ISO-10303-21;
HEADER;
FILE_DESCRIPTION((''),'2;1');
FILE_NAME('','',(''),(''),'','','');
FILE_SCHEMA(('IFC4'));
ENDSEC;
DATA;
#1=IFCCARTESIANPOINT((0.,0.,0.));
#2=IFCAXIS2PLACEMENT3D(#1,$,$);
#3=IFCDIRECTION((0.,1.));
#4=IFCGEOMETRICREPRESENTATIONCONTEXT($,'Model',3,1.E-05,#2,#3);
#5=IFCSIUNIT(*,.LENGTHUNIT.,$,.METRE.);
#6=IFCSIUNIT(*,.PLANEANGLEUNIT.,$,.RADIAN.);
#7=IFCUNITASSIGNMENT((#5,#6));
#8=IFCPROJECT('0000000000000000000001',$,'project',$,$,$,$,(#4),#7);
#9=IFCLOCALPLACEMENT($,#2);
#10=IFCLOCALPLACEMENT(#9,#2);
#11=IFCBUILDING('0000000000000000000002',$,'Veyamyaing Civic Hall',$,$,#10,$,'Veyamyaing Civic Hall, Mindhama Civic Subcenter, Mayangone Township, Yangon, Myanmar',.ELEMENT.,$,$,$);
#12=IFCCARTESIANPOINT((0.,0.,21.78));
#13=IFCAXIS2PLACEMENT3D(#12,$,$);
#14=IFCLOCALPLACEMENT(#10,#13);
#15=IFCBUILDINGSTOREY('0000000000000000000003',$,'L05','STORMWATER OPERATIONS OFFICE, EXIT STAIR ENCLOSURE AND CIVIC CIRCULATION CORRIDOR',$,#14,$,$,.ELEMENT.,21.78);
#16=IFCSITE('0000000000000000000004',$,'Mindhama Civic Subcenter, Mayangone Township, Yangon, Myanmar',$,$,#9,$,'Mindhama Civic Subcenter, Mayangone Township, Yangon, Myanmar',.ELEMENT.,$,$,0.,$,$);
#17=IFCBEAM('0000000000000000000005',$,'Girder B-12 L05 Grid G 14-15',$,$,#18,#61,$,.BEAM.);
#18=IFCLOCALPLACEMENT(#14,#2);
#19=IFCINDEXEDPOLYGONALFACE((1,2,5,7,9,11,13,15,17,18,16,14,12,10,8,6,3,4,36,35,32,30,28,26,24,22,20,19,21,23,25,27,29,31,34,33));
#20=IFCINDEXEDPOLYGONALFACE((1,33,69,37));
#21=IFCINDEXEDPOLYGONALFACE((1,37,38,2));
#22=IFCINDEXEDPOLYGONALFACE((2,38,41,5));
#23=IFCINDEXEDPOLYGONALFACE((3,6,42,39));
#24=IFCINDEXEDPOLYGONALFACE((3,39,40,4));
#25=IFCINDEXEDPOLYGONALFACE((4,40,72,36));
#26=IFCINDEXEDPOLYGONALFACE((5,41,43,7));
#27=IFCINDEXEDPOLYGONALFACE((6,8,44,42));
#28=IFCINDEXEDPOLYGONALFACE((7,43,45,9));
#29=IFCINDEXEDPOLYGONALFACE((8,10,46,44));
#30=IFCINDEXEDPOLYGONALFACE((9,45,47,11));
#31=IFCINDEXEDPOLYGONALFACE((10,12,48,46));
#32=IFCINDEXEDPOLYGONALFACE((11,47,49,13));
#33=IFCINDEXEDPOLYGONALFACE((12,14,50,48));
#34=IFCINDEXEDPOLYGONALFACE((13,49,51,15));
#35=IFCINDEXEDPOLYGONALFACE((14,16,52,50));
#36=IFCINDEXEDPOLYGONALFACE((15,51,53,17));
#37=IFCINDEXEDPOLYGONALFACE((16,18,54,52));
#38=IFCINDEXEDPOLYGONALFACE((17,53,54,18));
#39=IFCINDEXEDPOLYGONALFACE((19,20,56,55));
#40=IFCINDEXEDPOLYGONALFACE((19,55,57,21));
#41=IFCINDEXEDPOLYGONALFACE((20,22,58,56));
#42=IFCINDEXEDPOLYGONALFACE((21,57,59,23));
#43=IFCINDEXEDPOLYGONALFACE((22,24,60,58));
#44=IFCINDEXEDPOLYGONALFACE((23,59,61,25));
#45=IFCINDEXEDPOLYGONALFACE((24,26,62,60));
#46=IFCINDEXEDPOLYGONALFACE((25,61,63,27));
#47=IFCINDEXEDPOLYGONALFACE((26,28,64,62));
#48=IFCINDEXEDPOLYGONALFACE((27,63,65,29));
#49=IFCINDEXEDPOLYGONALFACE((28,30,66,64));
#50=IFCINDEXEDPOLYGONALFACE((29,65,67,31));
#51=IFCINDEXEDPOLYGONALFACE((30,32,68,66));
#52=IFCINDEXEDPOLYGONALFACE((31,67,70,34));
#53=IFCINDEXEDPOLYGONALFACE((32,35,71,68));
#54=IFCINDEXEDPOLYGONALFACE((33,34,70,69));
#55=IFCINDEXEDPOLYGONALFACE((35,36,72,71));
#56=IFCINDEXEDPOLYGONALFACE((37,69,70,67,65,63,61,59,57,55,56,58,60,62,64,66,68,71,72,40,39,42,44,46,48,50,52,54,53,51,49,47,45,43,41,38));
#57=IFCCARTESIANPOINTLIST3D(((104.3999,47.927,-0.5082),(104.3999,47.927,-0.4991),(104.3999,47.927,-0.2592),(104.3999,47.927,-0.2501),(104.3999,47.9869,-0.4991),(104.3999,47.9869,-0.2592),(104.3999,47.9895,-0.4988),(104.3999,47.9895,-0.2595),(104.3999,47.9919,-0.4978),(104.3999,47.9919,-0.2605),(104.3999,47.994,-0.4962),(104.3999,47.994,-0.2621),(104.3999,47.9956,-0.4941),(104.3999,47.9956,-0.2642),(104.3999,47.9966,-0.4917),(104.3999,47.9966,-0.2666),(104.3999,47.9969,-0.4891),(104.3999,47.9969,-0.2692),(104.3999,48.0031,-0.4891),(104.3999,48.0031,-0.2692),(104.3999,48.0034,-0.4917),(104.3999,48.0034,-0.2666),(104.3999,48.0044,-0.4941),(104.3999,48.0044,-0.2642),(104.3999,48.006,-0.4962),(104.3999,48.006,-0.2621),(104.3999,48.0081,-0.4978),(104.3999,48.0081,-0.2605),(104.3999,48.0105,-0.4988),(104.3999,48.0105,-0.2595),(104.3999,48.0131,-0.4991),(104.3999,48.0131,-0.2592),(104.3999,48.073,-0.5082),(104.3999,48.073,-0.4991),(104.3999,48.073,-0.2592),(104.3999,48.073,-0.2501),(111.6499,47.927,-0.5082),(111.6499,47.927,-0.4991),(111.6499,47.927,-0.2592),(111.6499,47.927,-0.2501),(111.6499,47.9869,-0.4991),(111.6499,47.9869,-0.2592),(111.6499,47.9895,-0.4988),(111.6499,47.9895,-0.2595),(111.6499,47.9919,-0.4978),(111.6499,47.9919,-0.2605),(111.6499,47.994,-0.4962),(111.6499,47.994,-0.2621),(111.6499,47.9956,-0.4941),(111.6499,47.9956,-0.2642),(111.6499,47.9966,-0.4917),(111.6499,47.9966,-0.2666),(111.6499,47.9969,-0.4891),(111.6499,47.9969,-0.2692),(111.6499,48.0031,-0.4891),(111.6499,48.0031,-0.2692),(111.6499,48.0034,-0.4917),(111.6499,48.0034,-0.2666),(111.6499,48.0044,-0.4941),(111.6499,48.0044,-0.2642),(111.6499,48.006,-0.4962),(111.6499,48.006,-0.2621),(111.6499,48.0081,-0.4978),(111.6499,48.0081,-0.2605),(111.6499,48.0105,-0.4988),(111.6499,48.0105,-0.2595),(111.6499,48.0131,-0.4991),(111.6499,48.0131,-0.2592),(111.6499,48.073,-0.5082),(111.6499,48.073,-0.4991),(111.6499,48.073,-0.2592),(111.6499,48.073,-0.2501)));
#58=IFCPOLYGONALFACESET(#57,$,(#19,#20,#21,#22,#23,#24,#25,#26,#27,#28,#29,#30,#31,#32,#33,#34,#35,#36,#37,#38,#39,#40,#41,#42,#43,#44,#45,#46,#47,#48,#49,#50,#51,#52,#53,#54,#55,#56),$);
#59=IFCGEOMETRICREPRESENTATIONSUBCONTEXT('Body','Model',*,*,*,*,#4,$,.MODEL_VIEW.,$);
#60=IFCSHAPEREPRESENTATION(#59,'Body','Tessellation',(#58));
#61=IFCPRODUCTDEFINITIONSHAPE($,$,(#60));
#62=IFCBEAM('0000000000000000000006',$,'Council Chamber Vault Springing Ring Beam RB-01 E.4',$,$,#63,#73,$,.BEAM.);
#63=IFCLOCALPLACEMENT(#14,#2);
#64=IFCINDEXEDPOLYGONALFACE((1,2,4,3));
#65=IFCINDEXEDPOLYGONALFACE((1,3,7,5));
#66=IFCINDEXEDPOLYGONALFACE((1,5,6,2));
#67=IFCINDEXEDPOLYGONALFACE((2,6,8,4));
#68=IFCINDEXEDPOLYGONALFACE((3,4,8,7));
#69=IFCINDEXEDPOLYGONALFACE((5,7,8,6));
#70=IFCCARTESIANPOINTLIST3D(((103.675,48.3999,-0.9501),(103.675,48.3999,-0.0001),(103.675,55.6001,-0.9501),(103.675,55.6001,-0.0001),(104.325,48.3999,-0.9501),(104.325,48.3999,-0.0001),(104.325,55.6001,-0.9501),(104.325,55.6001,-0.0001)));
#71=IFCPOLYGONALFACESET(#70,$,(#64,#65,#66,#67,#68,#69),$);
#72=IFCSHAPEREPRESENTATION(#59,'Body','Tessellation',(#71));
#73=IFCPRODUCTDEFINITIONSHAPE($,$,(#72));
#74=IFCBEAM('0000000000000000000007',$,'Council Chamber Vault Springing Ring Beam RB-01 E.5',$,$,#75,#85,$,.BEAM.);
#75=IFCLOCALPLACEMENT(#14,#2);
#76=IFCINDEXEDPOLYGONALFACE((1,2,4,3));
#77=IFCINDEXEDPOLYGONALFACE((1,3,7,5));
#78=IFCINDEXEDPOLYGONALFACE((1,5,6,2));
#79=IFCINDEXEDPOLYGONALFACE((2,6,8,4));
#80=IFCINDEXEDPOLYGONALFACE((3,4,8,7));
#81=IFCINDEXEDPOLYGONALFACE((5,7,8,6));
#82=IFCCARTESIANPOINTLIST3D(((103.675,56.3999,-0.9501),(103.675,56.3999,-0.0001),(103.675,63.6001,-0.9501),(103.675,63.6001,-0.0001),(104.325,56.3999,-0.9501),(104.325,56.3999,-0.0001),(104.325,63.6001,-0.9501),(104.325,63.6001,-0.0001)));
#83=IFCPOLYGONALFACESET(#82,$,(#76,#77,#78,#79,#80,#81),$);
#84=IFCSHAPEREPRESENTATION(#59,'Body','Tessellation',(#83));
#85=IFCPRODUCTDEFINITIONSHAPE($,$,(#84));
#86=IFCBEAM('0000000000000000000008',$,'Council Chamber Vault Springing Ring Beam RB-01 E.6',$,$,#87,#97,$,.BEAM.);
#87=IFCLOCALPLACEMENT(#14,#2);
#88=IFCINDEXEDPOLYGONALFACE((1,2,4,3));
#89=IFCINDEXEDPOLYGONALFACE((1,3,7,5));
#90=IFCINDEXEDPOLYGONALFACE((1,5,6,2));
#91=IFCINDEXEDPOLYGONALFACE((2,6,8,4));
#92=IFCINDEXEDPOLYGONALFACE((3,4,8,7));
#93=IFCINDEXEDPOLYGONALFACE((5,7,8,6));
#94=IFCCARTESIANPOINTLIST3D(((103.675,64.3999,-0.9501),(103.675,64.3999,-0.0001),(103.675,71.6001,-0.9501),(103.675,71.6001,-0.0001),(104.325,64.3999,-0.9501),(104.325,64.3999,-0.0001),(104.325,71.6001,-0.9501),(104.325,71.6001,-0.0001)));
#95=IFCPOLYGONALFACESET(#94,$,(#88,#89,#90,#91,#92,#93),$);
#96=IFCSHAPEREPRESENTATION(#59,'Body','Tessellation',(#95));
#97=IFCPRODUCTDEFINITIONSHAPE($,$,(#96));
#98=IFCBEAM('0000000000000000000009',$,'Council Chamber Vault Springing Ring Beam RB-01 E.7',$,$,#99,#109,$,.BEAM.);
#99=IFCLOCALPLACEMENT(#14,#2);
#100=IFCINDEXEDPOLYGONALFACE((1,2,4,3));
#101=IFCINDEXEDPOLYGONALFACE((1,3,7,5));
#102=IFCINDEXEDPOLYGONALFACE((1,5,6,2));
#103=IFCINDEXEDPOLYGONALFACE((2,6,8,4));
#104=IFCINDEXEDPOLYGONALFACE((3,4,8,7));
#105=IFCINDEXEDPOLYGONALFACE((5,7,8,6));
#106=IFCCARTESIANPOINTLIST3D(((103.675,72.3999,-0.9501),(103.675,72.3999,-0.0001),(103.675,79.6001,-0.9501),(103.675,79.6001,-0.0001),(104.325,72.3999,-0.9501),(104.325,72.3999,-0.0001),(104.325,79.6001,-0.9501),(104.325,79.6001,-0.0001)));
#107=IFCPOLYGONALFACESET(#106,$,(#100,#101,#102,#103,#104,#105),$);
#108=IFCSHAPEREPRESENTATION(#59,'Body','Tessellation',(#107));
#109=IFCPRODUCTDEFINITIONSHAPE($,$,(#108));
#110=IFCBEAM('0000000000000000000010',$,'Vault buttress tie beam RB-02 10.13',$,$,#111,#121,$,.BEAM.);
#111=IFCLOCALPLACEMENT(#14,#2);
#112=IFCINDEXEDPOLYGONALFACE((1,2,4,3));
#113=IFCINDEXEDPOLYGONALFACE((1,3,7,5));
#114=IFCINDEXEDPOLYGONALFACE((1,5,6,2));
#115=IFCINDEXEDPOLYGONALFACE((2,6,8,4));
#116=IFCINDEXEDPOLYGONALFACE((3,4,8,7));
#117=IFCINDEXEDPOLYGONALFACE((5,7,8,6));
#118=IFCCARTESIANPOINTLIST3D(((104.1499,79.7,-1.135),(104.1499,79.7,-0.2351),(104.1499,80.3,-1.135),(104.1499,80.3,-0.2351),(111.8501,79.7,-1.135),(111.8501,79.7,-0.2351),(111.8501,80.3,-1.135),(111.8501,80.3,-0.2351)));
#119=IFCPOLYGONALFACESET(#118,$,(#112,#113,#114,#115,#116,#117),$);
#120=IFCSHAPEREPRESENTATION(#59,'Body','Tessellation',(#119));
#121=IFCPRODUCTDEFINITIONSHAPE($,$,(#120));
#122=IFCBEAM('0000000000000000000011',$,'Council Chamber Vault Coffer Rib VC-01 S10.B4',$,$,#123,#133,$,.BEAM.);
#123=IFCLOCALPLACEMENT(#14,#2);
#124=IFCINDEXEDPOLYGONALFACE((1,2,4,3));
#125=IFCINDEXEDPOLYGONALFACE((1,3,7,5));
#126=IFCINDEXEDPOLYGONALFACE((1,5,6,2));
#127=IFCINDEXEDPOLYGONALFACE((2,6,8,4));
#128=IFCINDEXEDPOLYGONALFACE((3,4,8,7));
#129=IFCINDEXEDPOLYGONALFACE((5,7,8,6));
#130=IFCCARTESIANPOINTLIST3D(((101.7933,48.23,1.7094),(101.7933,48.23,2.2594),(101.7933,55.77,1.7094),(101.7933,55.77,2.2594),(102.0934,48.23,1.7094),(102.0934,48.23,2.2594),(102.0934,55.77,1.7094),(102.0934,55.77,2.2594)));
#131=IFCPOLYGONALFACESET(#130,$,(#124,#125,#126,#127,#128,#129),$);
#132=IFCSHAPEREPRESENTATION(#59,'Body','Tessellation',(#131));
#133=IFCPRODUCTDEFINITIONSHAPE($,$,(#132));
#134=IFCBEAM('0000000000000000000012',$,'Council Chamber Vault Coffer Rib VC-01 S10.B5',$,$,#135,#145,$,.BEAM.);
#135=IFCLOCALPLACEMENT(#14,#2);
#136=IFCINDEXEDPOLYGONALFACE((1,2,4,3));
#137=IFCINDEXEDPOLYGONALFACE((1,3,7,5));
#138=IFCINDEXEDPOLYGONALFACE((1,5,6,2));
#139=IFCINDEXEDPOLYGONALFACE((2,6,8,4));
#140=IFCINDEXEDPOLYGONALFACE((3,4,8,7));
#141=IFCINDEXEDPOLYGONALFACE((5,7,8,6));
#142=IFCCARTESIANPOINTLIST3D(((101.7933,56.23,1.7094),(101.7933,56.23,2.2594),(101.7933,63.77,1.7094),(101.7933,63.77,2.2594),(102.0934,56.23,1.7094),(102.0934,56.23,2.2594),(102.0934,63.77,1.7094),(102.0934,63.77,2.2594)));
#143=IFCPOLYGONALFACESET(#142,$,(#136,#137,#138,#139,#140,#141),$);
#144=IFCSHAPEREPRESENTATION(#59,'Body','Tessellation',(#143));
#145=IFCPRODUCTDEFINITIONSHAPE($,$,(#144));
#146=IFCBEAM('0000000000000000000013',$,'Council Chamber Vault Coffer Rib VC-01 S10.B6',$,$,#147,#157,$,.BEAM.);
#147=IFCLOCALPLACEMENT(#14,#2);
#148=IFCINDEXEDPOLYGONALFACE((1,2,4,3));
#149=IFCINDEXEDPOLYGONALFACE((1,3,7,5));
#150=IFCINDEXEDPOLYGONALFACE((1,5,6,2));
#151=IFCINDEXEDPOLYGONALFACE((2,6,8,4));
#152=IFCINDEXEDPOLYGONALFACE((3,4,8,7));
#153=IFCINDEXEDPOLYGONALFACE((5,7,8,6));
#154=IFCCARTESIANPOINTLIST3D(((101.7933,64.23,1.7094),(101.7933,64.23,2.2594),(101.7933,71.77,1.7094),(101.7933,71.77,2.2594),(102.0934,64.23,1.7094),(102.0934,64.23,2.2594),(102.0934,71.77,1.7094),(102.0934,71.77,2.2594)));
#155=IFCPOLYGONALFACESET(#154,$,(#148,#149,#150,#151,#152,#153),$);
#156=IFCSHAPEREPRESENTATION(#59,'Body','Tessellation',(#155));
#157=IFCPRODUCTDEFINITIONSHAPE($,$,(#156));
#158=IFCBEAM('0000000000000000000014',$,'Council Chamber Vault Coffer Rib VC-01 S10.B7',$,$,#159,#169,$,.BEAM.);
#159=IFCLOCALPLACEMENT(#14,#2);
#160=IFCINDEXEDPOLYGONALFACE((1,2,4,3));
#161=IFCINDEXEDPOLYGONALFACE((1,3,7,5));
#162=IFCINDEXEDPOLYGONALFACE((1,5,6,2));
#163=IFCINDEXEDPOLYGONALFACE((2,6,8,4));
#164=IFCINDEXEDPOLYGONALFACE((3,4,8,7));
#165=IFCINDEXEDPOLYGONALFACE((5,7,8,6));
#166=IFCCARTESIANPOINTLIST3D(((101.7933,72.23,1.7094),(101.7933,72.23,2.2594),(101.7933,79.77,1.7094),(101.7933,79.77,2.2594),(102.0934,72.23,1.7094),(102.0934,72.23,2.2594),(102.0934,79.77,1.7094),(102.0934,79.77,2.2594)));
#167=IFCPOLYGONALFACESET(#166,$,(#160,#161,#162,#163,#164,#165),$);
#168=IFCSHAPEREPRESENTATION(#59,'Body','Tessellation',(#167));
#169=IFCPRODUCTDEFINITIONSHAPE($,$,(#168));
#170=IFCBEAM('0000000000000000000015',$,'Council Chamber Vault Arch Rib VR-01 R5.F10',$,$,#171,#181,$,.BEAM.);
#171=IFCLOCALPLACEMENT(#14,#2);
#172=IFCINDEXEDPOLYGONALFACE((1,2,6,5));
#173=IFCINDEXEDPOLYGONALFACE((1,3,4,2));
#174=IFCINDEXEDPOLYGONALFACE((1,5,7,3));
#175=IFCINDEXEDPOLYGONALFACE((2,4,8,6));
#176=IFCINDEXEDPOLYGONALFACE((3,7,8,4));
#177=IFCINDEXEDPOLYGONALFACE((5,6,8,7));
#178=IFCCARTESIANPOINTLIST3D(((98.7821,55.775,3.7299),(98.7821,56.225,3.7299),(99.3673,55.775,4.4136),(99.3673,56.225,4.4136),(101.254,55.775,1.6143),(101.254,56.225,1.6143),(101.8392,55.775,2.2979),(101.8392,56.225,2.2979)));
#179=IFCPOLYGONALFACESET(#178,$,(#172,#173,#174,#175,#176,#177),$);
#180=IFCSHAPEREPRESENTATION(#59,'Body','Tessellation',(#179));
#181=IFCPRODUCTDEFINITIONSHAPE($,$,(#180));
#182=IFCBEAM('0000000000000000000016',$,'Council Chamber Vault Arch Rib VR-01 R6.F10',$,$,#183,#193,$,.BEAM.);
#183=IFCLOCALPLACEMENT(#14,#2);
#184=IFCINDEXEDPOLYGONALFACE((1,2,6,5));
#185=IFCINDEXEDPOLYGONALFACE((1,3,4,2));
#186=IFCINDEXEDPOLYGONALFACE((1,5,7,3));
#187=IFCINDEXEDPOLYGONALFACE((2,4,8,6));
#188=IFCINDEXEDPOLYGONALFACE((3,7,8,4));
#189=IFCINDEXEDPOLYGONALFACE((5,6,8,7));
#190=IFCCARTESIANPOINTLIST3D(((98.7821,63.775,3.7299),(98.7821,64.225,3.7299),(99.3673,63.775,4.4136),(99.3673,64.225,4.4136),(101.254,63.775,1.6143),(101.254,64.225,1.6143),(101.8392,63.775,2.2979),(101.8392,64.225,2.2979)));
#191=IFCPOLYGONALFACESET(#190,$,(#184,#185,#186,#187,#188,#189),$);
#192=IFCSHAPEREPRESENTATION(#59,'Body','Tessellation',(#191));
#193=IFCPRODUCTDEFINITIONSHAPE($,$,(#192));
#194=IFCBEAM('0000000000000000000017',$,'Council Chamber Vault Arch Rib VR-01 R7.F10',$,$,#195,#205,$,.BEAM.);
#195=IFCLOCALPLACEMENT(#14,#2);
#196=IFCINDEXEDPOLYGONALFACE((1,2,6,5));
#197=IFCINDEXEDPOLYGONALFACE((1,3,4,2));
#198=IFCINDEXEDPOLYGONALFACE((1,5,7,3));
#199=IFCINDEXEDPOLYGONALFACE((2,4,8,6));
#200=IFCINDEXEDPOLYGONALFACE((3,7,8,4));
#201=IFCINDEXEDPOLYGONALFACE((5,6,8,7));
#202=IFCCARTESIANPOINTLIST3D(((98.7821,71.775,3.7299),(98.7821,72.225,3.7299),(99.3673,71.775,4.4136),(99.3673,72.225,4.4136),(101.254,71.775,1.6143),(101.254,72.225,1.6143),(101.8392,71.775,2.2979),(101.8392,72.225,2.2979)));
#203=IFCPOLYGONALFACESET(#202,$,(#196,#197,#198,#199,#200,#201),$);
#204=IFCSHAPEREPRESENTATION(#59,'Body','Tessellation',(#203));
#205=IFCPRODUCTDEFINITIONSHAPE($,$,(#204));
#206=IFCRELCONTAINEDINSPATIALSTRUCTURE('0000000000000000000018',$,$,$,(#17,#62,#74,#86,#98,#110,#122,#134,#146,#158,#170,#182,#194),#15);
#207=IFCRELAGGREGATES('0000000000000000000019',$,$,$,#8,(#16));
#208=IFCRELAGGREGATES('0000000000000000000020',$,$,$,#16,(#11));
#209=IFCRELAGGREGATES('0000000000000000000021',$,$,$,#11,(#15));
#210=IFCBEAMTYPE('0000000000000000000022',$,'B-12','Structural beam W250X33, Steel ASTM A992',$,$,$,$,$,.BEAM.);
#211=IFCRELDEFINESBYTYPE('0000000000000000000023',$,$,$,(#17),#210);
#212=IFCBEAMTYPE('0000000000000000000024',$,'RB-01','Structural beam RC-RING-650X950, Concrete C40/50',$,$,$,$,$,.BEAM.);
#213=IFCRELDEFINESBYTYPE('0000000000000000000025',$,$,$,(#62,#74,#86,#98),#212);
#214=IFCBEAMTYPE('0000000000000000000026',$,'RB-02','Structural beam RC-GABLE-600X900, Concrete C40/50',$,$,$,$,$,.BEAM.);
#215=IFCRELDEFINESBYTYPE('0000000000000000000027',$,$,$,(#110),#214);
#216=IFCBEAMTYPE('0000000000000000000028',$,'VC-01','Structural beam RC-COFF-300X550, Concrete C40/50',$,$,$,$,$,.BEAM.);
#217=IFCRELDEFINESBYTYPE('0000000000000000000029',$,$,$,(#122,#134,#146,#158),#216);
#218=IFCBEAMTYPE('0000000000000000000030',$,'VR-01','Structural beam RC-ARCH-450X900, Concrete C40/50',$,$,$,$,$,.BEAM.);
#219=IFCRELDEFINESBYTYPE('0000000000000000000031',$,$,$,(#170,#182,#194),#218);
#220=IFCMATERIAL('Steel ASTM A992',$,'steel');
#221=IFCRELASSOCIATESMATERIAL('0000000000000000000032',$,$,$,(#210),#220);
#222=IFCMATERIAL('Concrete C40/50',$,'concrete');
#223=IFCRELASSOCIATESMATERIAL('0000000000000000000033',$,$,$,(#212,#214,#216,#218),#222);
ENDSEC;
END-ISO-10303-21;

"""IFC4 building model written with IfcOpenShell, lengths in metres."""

from ifc_helpers import new_model, si_unit, direction, frame, origin, origin_2d, place, context, subcontext, project, spatial, rectangle, i_section, extrude, material, material_profile, profile_set, type_object, element, save


model = new_model("IFC4")

# Units and contexts
model_context = context("Model", 3, precision=1e-05, world=origin(), true_north=direction((0.0, 1.0)))
body_context = subcontext(model_context, "Body", "Model", "MODEL_VIEW")
ifc_project = project(units=[si_unit("LENGTHUNIT", "METRE"), si_unit("PLANEANGLEUNIT", "RADIAN")], contexts=[model_context])

# Site, building, storey
site_placement = place(None, origin())
site = spatial("IfcSite", under=ifc_project, at=site_placement, Name="Mindhama Civic Subcenter, Mayangone Township, Yangon, Myanmar", LongName="Mindhama Civic Subcenter, Mayangone Township, Yangon, Myanmar", CompositionType="ELEMENT", RefElevation=0.0)
building_placement = place(site_placement, origin())
building = spatial("IfcBuilding", under=site, at=building_placement, Name="Veyamyaing Civic Hall", LongName="Veyamyaing Civic Hall, Mindhama Civic Subcenter, Mayangone Township, Yangon, Myanmar", CompositionType="ELEMENT")
storey_placement = place(building_placement, frame((0.0, 0.0, 21.78)))
storey = spatial("IfcBuildingStorey", under=building, at=storey_placement, Name="L05", Description="STORMWATER OPERATIONS OFFICE, EXIT STAIR ENCLOSURE AND CIVIC CIRCULATION CORRIDOR", CompositionType="ELEMENT", Elevation=21.78)

# Beams
ifc_material_1 = material(Name="Steel ASTM A992", Category="steel")
ifc_material_profile_1 = material_profile(ifc_material_1, i_section(OverallWidth=0.146, OverallDepth=0.2581, WebThickness=0.0061, FlangeThickness=0.009, FilletRadius=0.01, at=origin_2d()), Name="W250X33")
ifc_profile_set_1 = profile_set([ifc_material_profile_1], Name="Steel ASTM A992")
beam_type_1 = type_object("IfcBeamType", Name="B-12", Description="Structural beam W250X33, Steel ASTM A992", PredefinedType="BEAM", material=ifc_profile_set_1)
beam_1_placement = place(storey_placement, frame((104.3999, 48.0, -0.3792), z_axis=(1.0, 0.0, 0.0), x_axis=(0.0, 1.0, 0.0)))
element("IfcBeam", 1, at=beam_1_placement, inside=storey, type_object=beam_type_1, Name="Girder B-12 L05 Grid G 14-15", PredefinedType="BEAM", context=body_context, shape_type="SweptSolid", body=[
    extrude(i_section(OverallWidth=0.146, OverallDepth=0.2581, WebThickness=0.0061, FlangeThickness=0.009, FilletRadius=0.01, at=origin_2d()), origin(), (0.0, 0.0, 1.0), 7.25),
])
ifc_material_2 = material(Name="Concrete C40/50", Category="concrete")
ifc_material_profile_2 = material_profile(ifc_material_2, rectangle(XDim=0.6499, YDim=0.95, at=origin_2d()), Name="RC-RING-650X950")
ifc_profile_set_2 = profile_set([ifc_material_profile_2], Name="Concrete C40/50")
beam_type_2 = type_object("IfcBeamType", Name="RB-01", Description="Structural beam RC-RING-650X950, Concrete C40/50", PredefinedType="BEAM", material=ifc_profile_set_2)
for number, where, z_axis, x_axis, name in (
    (2, (104.0, 48.3999, -0.4751), (0.0, 1.0, 0.0), (-1.0, 0.0, 0.0), "Council Chamber Vault Springing Ring Beam RB-01 E.4"),
    (3, (104.0, 56.3999, -0.4751), (0.0, 1.0, 0.0), (-1.0, 0.0, 0.0), "Council Chamber Vault Springing Ring Beam RB-01 E.5"),
    (4, (104.0, 64.3999, -0.4751), (0.0, 1.0, 0.0), (-1.0, 0.0, 0.0), "Council Chamber Vault Springing Ring Beam RB-01 E.6"),
    (5, (104.0, 72.3999, -0.4751), (0.0, 1.0, 0.0), (-1.0, 0.0, 0.0), "Council Chamber Vault Springing Ring Beam RB-01 E.7"),
):
    element("IfcBeam", number, at=place(storey_placement, frame(where, z_axis=z_axis, x_axis=x_axis)), inside=storey, type_object=beam_type_2, Name=name, PredefinedType="BEAM", context=body_context, shape_type="SweptSolid", body=[
        extrude(rectangle(XDim=0.6499, YDim=0.95, at=origin_2d()), origin(), (0.0, 0.0, 1.0), 7.2002),
    ])
ifc_material_profile_3 = material_profile(ifc_material_2, rectangle(XDim=0.6001, YDim=0.8999, at=origin_2d()), Name="RC-GABLE-600X900")
ifc_profile_set_3 = profile_set([ifc_material_profile_3], Name="Concrete C40/50")
beam_type_3 = type_object("IfcBeamType", Name="RB-02", Description="Structural beam RC-GABLE-600X900, Concrete C40/50", PredefinedType="BEAM", material=ifc_profile_set_3)
beam_2_placement = place(storey_placement, frame((104.1499, 80.0, -0.6851), z_axis=(1.0, 0.0, 0.0), x_axis=(0.0, 1.0, 0.0)))
element("IfcBeam", 6, at=beam_2_placement, inside=storey, type_object=beam_type_3, Name="Vault buttress tie beam RB-02 10.13", PredefinedType="BEAM", context=body_context, shape_type="SweptSolid", body=[
    extrude(rectangle(XDim=0.6001, YDim=0.8999, at=origin_2d()), origin(), (0.0, 0.0, 1.0), 7.7002),
])
ifc_material_profile_4 = material_profile(ifc_material_2, rectangle(XDim=0.3, YDim=0.55, at=origin_2d()), Name="RC-COFF-300X550")
ifc_profile_set_4 = profile_set([ifc_material_profile_4], Name="Concrete C40/50")
beam_type_4 = type_object("IfcBeamType", Name="VC-01", Description="Structural beam RC-COFF-300X550, Concrete C40/50", PredefinedType="BEAM", material=ifc_profile_set_4)
for number, where, z_axis, x_axis, name in (
    (7, (101.9434, 48.23, 1.9844), (0.0, 1.0, 0.0), (-1.0, 0.0, 0.0), "Council Chamber Vault Coffer Rib VC-01 S10.B4"),
    (8, (101.9434, 56.23, 1.9844), (0.0, 1.0, 0.0), (-1.0, 0.0, 0.0), "Council Chamber Vault Coffer Rib VC-01 S10.B5"),
    (9, (101.9434, 64.23, 1.9844), (0.0, 1.0, 0.0), (-1.0, 0.0, 0.0), "Council Chamber Vault Coffer Rib VC-01 S10.B6"),
    (10, (101.9434, 72.23, 1.9844), (0.0, 1.0, 0.0), (-1.0, 0.0, 0.0), "Council Chamber Vault Coffer Rib VC-01 S10.B7"),
):
    element("IfcBeam", number, at=place(storey_placement, frame(where, z_axis=z_axis, x_axis=x_axis)), inside=storey, type_object=beam_type_4, Name=name, PredefinedType="BEAM", context=body_context, shape_type="SweptSolid", body=[
        extrude(rectangle(XDim=0.3, YDim=0.55, at=origin_2d()), origin(), (0.0, 0.0, 1.0), 7.54),
    ])
ifc_material_profile_5 = material_profile(ifc_material_2, rectangle(XDim=0.45, YDim=0.8999, at=origin_2d()), Name="RC-ARCH-450X900")
ifc_profile_set_5 = profile_set([ifc_material_profile_5], Name="Concrete C40/50")
beam_type_5 = type_object("IfcBeamType", Name="VR-01", Description="Structural beam RC-ARCH-450X900, Concrete C40/50", PredefinedType="BEAM", material=ifc_profile_set_5)
for number, where, z_axis, x_axis, name in (
    (11, (99.0747, 56.0, 4.0718), (0.759723, 0.0, -0.650247), (0.0, 1.0, 0.0), "Council Chamber Vault Arch Rib VR-01 R5.F10"),
    (12, (99.0747, 64.0, 4.0718), (0.759723, 0.0, -0.650247), (0.0, 1.0, 0.0), "Council Chamber Vault Arch Rib VR-01 R6.F10"),
    (13, (99.0747, 72.0, 4.0718), (0.759723, 0.0, -0.650247), (0.0, 1.0, 0.0), "Council Chamber Vault Arch Rib VR-01 R7.F10"),
):
    element("IfcBeam", number, at=place(storey_placement, frame(where, z_axis=z_axis, x_axis=x_axis)), inside=storey, type_object=beam_type_5, Name=name, PredefinedType="BEAM", context=body_context, shape_type="SweptSolid", body=[
        extrude(rectangle(XDim=0.45, YDim=0.8999, at=origin_2d()), origin(), (0.0, 0.0, 1.0), 3.2537),
    ])

save(model, "model.ifc")
